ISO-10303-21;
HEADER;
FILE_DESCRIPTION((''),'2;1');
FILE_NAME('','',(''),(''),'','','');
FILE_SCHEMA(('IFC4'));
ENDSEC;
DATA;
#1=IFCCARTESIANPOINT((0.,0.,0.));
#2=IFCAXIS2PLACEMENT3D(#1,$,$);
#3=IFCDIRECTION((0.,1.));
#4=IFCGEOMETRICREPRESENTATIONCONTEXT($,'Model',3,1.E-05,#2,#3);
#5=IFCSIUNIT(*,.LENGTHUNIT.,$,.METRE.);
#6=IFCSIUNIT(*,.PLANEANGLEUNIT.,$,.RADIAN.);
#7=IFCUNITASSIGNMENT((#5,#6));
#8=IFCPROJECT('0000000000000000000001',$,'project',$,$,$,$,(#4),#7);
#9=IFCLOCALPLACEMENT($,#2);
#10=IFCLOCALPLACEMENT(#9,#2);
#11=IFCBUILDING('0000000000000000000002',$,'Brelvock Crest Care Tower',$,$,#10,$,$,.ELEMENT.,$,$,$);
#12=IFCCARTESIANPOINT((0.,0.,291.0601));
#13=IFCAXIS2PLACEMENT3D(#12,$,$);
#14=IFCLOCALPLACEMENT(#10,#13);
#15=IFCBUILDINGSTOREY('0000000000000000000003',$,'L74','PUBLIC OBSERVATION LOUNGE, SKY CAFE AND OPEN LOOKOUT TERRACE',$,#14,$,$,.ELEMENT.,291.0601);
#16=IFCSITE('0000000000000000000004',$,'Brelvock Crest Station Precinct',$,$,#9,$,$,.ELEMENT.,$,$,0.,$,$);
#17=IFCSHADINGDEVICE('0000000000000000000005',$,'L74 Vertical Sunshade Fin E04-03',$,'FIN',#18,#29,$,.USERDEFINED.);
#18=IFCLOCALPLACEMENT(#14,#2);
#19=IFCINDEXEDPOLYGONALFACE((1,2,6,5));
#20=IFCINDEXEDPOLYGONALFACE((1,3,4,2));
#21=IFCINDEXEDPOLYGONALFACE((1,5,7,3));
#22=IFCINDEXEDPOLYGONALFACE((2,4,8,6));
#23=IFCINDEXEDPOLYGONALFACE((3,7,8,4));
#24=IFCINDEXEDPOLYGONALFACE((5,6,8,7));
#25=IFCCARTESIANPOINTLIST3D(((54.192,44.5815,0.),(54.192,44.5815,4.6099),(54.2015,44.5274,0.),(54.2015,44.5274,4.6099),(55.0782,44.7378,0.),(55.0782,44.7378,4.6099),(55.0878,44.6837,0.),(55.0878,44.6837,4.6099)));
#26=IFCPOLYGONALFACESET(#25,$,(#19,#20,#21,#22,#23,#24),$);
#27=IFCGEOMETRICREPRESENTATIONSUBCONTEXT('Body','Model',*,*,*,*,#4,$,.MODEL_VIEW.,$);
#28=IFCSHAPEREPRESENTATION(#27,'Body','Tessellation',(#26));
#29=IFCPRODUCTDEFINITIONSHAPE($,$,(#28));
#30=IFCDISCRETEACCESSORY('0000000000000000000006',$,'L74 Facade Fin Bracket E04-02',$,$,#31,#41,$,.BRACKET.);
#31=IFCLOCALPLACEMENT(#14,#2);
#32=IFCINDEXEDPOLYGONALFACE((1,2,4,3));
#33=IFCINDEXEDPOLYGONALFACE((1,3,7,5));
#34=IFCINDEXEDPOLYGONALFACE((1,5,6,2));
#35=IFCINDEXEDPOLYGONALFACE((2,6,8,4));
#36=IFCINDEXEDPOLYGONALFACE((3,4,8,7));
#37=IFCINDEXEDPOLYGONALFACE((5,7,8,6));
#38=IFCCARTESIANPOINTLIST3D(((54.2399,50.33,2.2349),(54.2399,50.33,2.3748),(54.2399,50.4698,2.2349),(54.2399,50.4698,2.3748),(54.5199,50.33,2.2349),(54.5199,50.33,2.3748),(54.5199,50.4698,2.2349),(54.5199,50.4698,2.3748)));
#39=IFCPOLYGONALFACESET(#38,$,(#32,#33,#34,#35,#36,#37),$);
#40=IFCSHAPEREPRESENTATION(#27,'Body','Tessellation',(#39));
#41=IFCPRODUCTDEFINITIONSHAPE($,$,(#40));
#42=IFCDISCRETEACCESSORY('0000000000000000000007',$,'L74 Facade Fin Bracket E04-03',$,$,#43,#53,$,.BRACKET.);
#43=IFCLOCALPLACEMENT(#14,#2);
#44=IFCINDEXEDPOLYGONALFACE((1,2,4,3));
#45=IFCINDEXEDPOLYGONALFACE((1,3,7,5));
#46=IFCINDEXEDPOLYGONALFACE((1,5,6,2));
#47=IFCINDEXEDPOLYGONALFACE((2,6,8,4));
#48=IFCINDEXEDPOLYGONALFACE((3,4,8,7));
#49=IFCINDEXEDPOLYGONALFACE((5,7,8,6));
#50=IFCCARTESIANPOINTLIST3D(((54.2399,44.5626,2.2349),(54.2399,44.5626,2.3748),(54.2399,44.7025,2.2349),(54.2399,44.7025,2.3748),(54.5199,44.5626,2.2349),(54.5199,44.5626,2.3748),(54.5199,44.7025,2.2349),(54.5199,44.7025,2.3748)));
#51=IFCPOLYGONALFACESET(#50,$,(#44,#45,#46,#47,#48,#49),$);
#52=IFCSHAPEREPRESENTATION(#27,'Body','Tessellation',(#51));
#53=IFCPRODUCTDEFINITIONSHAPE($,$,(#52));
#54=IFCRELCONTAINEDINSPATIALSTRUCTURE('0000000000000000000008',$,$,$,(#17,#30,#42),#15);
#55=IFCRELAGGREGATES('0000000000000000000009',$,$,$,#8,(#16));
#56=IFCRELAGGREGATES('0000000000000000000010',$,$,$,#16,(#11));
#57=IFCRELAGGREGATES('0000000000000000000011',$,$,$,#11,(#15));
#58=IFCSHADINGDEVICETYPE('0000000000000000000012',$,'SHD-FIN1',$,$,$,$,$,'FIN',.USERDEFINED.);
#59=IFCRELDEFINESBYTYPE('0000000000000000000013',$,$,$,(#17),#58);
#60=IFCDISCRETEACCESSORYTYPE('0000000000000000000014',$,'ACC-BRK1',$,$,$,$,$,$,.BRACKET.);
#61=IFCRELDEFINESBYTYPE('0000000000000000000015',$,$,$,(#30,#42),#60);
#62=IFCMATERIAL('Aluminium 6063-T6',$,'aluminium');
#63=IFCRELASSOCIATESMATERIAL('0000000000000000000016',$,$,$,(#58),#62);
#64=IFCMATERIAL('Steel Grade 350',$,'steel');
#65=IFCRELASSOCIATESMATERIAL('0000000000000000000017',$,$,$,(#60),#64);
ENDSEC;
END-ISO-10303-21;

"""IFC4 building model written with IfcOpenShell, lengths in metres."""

from ifc_helpers import new_model, si_unit, direction, frame, origin, origin_2d, place, context, subcontext, project, spatial, rectangle, extrude, source, transform, mapped, material, material_profile, profile_set, type_object, element, save


model = new_model("IFC4")

# Units and contexts
model_context = context("Model", 3, precision=1e-05, world=origin(), true_north=direction((0.0, 1.0)))
body_context = subcontext(model_context, "Body", "Model", "MODEL_VIEW")
ifc_project = project(units=[si_unit("LENGTHUNIT", "METRE"), si_unit("PLANEANGLEUNIT", "RADIAN")], contexts=[model_context])

# Site, building, storey
site_placement = place(None, origin())
site = spatial("IfcSite", under=ifc_project, at=site_placement, Name="Brelvock Crest Station Precinct", CompositionType="ELEMENT", RefElevation=0.0)
building_placement = place(site_placement, origin())
building = spatial("IfcBuilding", under=site, at=building_placement, Name="Brelvock Crest Care Tower", CompositionType="ELEMENT")
storey_placement = place(building_placement, frame((0.0, 0.0, 291.0601)))
storey = spatial("IfcBuildingStorey", under=building, at=storey_placement, Name="L74", Description="PUBLIC OBSERVATION LOUNGE, SKY CAFE AND OPEN LOOKOUT TERRACE", CompositionType="ELEMENT", Elevation=291.0601)

# Shared definitions
ifc_material_1 = material(Name="Steel Grade 350", Category="steel")

# Shared definitions
ifc_material_2 = material(Name="Aluminium 6063-T6", Category="aluminium")

# Shading device
ifc_material_profile_1 = material_profile(ifc_material_2, rectangle(XDim=0.0549, YDim=0.8999, at=origin_2d()), Name="FIN55x900")
ifc_profile_set_1 = profile_set([ifc_material_profile_1], Name="Aluminium 6063-T6")
shading_device_type = type_object("IfcShadingDeviceType", Name="SHD-FIN1", ElementType="FIN", PredefinedType="USERDEFINED", material=ifc_profile_set_1)
shared_shape_1 = source(origin(), body_context, "Body", "SweptSolid", [
    extrude(rectangle(XDim=0.0549, YDim=0.8999, at=origin_2d()), origin(), (0.0, 0.0, 1.0), 4.6099),
])
for number, where, z_axis, x_axis, name in (
    (1, (54.6399, 44.6326, 0.0), (0.0, 0.0, 1.0), (0.173648, -0.984808, 0.0), "L74 Vertical Sunshade Fin E04-03"),
):
    element("IfcShadingDevice", number, at=place(storey_placement, frame(where, z_axis=z_axis, x_axis=x_axis)), inside=storey, type_object=shading_device_type, Name=name, ObjectType="FIN", PredefinedType="USERDEFINED", context=body_context, shape_type="MappedRepresentation", body=[
        mapped(shared_shape_1, transform((0.0, 0.0, 0.0), x_axis=(1.0, 0.0, 0.0), y_axis=(0.0, 1.0, 0.0), z_axis=(0.0, 0.0, 1.0), scale=1.0)),
    ])

# Discrete accessories
discrete_accessory_type = type_object("IfcDiscreteAccessoryType", Name="ACC-BRK1", PredefinedType="BRACKET", material=ifc_material_1)
shared_shape_2 = source(origin(), body_context, "Body", "SweptSolid", [
    extrude(rectangle(XDim=0.28, YDim=0.1399, at=origin_2d()), origin(), (0.0, 0.0, 1.0), 0.1399),
])
for number, where, z_axis, x_axis, name in (
    (2, (54.3799, 50.3999, 2.2349), (0.0, 0.0, 1.0), (1.0, 0.0, 0.0), "L74 Facade Fin Bracket E04-02"),
    (3, (54.3799, 44.6326, 2.2349), (0.0, 0.0, 1.0), (1.0, 0.0, 0.0), "L74 Facade Fin Bracket E04-03"),
):
    element("IfcDiscreteAccessory", number, at=place(storey_placement, frame(where, z_axis=z_axis, x_axis=x_axis)), inside=storey, type_object=discrete_accessory_type, Name=name, PredefinedType="BRACKET", context=body_context, shape_type="MappedRepresentation", body=[
        mapped(shared_shape_2, transform((0.0, 0.0, 0.0), x_axis=(1.0, 0.0, 0.0), y_axis=(0.0, 1.0, 0.0), z_axis=(0.0, 0.0, 1.0), scale=1.0)),
    ])

save(model, "model.ifc")
